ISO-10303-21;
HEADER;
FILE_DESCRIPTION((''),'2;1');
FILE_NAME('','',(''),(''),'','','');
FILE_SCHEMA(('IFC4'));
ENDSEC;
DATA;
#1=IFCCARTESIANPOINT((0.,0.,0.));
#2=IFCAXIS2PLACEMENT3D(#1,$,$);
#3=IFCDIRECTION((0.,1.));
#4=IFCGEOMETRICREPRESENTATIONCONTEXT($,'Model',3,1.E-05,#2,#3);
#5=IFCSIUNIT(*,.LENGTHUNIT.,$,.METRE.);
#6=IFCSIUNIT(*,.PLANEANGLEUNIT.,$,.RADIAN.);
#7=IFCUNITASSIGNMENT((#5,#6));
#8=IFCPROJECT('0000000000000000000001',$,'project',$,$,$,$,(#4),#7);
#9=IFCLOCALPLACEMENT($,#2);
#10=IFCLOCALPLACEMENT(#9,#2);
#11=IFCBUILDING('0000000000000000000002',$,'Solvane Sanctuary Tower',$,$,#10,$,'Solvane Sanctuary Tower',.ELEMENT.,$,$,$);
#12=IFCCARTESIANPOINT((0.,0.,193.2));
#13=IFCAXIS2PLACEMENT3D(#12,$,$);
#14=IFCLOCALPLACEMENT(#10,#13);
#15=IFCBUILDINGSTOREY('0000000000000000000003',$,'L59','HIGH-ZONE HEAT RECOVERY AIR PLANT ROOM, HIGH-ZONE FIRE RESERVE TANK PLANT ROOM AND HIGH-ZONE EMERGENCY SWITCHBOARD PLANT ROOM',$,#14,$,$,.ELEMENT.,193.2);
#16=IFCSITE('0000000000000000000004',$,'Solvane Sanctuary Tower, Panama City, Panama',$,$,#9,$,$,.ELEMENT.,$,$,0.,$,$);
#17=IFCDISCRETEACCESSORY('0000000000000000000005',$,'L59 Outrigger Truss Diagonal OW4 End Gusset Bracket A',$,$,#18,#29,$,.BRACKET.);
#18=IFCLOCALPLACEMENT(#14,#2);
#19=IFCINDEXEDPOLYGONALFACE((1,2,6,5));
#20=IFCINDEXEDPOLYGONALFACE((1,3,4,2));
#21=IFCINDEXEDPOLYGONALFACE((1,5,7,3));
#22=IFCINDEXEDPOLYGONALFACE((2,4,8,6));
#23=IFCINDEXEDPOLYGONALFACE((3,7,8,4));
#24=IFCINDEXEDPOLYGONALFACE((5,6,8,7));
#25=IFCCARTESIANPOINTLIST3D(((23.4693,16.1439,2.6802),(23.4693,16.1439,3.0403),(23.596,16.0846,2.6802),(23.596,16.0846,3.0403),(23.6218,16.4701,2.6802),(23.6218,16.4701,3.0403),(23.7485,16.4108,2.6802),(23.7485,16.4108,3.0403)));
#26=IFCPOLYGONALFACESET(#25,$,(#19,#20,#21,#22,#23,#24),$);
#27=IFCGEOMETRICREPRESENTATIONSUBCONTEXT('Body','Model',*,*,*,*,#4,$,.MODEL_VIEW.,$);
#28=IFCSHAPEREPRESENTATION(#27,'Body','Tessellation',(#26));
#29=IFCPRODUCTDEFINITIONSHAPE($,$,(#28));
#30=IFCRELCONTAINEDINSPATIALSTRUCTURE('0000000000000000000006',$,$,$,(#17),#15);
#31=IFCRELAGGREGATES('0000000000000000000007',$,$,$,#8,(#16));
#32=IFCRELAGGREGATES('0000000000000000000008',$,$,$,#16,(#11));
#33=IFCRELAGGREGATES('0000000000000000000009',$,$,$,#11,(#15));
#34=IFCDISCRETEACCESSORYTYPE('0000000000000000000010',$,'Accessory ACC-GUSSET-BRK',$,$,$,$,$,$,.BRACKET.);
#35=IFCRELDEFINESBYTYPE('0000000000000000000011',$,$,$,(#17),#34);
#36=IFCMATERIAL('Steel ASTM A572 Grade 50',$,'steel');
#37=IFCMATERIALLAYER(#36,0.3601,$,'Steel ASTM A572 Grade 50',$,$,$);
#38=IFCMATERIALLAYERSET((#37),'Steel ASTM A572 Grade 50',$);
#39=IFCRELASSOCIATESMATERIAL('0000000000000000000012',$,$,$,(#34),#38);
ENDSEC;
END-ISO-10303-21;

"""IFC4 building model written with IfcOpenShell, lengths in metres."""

from ifc_helpers import new_model, si_unit, direction, frame, origin, origin_2d, place, context, subcontext, project, spatial, rectangle, extrude, material, layer, layer_set, type_object, element, save


model = new_model("IFC4")

# Units and contexts
model_context = context("Model", 3, precision=1e-05, world=origin(), true_north=direction((0.0, 1.0)))
body_context = subcontext(model_context, "Body", "Model", "MODEL_VIEW")
ifc_project = project(units=[si_unit("LENGTHUNIT", "METRE"), si_unit("PLANEANGLEUNIT", "RADIAN")], contexts=[model_context])

# Site, building, storey
site_placement = place(None, origin())
site = spatial("IfcSite", under=ifc_project, at=site_placement, Name="Solvane Sanctuary Tower, Panama City, Panama", CompositionType="ELEMENT", RefElevation=0.0)
building_placement = place(site_placement, origin())
building = spatial("IfcBuilding", under=site, at=building_placement, Name="Solvane Sanctuary Tower", LongName="Solvane Sanctuary Tower", CompositionType="ELEMENT")
storey_placement = place(building_placement, frame((0.0, 0.0, 193.2)))
storey = spatial("IfcBuildingStorey", under=building, at=storey_placement, Name="L59", Description="HIGH-ZONE HEAT RECOVERY AIR PLANT ROOM, HIGH-ZONE FIRE RESERVE TANK PLANT ROOM AND HIGH-ZONE EMERGENCY SWITCHBOARD PLANT ROOM", CompositionType="ELEMENT", Elevation=193.2)

# Shared definitions
ifc_material_1 = material(Name="Steel ASTM A572 Grade 50", Category="steel")

# Discrete accessory
ifc_layer_1 = layer(ifc_material_1, 0.3601, Name="Steel ASTM A572 Grade 50")
ifc_layer_set_1 = layer_set([ifc_layer_1], Name="Steel ASTM A572 Grade 50")
discrete_accessory_type = type_object("IfcDiscreteAccessoryType", Name="Accessory ACC-GUSSET-BRK", PredefinedType="BRACKET", material=ifc_layer_set_1)
discrete_accessory_placement = place(storey_placement, frame((23.6089, 16.2773, 2.6802), z_axis=(0.0, 0.0, 1.0), x_axis=(-0.423567, -0.905865, 0.0)))
element("IfcDiscreteAccessory", 1, at=discrete_accessory_placement, inside=storey, type_object=discrete_accessory_type, Name="L59 Outrigger Truss Diagonal OW4 End Gusset Bracket A", PredefinedType="BRACKET", context=body_context, shape_type="SweptSolid", body=[
    extrude(rectangle(XDim=0.3601, YDim=0.1399, at=origin_2d()), origin(), (0.0, 0.0, 1.0), 0.3601),
])

save(model, "model.ifc")
